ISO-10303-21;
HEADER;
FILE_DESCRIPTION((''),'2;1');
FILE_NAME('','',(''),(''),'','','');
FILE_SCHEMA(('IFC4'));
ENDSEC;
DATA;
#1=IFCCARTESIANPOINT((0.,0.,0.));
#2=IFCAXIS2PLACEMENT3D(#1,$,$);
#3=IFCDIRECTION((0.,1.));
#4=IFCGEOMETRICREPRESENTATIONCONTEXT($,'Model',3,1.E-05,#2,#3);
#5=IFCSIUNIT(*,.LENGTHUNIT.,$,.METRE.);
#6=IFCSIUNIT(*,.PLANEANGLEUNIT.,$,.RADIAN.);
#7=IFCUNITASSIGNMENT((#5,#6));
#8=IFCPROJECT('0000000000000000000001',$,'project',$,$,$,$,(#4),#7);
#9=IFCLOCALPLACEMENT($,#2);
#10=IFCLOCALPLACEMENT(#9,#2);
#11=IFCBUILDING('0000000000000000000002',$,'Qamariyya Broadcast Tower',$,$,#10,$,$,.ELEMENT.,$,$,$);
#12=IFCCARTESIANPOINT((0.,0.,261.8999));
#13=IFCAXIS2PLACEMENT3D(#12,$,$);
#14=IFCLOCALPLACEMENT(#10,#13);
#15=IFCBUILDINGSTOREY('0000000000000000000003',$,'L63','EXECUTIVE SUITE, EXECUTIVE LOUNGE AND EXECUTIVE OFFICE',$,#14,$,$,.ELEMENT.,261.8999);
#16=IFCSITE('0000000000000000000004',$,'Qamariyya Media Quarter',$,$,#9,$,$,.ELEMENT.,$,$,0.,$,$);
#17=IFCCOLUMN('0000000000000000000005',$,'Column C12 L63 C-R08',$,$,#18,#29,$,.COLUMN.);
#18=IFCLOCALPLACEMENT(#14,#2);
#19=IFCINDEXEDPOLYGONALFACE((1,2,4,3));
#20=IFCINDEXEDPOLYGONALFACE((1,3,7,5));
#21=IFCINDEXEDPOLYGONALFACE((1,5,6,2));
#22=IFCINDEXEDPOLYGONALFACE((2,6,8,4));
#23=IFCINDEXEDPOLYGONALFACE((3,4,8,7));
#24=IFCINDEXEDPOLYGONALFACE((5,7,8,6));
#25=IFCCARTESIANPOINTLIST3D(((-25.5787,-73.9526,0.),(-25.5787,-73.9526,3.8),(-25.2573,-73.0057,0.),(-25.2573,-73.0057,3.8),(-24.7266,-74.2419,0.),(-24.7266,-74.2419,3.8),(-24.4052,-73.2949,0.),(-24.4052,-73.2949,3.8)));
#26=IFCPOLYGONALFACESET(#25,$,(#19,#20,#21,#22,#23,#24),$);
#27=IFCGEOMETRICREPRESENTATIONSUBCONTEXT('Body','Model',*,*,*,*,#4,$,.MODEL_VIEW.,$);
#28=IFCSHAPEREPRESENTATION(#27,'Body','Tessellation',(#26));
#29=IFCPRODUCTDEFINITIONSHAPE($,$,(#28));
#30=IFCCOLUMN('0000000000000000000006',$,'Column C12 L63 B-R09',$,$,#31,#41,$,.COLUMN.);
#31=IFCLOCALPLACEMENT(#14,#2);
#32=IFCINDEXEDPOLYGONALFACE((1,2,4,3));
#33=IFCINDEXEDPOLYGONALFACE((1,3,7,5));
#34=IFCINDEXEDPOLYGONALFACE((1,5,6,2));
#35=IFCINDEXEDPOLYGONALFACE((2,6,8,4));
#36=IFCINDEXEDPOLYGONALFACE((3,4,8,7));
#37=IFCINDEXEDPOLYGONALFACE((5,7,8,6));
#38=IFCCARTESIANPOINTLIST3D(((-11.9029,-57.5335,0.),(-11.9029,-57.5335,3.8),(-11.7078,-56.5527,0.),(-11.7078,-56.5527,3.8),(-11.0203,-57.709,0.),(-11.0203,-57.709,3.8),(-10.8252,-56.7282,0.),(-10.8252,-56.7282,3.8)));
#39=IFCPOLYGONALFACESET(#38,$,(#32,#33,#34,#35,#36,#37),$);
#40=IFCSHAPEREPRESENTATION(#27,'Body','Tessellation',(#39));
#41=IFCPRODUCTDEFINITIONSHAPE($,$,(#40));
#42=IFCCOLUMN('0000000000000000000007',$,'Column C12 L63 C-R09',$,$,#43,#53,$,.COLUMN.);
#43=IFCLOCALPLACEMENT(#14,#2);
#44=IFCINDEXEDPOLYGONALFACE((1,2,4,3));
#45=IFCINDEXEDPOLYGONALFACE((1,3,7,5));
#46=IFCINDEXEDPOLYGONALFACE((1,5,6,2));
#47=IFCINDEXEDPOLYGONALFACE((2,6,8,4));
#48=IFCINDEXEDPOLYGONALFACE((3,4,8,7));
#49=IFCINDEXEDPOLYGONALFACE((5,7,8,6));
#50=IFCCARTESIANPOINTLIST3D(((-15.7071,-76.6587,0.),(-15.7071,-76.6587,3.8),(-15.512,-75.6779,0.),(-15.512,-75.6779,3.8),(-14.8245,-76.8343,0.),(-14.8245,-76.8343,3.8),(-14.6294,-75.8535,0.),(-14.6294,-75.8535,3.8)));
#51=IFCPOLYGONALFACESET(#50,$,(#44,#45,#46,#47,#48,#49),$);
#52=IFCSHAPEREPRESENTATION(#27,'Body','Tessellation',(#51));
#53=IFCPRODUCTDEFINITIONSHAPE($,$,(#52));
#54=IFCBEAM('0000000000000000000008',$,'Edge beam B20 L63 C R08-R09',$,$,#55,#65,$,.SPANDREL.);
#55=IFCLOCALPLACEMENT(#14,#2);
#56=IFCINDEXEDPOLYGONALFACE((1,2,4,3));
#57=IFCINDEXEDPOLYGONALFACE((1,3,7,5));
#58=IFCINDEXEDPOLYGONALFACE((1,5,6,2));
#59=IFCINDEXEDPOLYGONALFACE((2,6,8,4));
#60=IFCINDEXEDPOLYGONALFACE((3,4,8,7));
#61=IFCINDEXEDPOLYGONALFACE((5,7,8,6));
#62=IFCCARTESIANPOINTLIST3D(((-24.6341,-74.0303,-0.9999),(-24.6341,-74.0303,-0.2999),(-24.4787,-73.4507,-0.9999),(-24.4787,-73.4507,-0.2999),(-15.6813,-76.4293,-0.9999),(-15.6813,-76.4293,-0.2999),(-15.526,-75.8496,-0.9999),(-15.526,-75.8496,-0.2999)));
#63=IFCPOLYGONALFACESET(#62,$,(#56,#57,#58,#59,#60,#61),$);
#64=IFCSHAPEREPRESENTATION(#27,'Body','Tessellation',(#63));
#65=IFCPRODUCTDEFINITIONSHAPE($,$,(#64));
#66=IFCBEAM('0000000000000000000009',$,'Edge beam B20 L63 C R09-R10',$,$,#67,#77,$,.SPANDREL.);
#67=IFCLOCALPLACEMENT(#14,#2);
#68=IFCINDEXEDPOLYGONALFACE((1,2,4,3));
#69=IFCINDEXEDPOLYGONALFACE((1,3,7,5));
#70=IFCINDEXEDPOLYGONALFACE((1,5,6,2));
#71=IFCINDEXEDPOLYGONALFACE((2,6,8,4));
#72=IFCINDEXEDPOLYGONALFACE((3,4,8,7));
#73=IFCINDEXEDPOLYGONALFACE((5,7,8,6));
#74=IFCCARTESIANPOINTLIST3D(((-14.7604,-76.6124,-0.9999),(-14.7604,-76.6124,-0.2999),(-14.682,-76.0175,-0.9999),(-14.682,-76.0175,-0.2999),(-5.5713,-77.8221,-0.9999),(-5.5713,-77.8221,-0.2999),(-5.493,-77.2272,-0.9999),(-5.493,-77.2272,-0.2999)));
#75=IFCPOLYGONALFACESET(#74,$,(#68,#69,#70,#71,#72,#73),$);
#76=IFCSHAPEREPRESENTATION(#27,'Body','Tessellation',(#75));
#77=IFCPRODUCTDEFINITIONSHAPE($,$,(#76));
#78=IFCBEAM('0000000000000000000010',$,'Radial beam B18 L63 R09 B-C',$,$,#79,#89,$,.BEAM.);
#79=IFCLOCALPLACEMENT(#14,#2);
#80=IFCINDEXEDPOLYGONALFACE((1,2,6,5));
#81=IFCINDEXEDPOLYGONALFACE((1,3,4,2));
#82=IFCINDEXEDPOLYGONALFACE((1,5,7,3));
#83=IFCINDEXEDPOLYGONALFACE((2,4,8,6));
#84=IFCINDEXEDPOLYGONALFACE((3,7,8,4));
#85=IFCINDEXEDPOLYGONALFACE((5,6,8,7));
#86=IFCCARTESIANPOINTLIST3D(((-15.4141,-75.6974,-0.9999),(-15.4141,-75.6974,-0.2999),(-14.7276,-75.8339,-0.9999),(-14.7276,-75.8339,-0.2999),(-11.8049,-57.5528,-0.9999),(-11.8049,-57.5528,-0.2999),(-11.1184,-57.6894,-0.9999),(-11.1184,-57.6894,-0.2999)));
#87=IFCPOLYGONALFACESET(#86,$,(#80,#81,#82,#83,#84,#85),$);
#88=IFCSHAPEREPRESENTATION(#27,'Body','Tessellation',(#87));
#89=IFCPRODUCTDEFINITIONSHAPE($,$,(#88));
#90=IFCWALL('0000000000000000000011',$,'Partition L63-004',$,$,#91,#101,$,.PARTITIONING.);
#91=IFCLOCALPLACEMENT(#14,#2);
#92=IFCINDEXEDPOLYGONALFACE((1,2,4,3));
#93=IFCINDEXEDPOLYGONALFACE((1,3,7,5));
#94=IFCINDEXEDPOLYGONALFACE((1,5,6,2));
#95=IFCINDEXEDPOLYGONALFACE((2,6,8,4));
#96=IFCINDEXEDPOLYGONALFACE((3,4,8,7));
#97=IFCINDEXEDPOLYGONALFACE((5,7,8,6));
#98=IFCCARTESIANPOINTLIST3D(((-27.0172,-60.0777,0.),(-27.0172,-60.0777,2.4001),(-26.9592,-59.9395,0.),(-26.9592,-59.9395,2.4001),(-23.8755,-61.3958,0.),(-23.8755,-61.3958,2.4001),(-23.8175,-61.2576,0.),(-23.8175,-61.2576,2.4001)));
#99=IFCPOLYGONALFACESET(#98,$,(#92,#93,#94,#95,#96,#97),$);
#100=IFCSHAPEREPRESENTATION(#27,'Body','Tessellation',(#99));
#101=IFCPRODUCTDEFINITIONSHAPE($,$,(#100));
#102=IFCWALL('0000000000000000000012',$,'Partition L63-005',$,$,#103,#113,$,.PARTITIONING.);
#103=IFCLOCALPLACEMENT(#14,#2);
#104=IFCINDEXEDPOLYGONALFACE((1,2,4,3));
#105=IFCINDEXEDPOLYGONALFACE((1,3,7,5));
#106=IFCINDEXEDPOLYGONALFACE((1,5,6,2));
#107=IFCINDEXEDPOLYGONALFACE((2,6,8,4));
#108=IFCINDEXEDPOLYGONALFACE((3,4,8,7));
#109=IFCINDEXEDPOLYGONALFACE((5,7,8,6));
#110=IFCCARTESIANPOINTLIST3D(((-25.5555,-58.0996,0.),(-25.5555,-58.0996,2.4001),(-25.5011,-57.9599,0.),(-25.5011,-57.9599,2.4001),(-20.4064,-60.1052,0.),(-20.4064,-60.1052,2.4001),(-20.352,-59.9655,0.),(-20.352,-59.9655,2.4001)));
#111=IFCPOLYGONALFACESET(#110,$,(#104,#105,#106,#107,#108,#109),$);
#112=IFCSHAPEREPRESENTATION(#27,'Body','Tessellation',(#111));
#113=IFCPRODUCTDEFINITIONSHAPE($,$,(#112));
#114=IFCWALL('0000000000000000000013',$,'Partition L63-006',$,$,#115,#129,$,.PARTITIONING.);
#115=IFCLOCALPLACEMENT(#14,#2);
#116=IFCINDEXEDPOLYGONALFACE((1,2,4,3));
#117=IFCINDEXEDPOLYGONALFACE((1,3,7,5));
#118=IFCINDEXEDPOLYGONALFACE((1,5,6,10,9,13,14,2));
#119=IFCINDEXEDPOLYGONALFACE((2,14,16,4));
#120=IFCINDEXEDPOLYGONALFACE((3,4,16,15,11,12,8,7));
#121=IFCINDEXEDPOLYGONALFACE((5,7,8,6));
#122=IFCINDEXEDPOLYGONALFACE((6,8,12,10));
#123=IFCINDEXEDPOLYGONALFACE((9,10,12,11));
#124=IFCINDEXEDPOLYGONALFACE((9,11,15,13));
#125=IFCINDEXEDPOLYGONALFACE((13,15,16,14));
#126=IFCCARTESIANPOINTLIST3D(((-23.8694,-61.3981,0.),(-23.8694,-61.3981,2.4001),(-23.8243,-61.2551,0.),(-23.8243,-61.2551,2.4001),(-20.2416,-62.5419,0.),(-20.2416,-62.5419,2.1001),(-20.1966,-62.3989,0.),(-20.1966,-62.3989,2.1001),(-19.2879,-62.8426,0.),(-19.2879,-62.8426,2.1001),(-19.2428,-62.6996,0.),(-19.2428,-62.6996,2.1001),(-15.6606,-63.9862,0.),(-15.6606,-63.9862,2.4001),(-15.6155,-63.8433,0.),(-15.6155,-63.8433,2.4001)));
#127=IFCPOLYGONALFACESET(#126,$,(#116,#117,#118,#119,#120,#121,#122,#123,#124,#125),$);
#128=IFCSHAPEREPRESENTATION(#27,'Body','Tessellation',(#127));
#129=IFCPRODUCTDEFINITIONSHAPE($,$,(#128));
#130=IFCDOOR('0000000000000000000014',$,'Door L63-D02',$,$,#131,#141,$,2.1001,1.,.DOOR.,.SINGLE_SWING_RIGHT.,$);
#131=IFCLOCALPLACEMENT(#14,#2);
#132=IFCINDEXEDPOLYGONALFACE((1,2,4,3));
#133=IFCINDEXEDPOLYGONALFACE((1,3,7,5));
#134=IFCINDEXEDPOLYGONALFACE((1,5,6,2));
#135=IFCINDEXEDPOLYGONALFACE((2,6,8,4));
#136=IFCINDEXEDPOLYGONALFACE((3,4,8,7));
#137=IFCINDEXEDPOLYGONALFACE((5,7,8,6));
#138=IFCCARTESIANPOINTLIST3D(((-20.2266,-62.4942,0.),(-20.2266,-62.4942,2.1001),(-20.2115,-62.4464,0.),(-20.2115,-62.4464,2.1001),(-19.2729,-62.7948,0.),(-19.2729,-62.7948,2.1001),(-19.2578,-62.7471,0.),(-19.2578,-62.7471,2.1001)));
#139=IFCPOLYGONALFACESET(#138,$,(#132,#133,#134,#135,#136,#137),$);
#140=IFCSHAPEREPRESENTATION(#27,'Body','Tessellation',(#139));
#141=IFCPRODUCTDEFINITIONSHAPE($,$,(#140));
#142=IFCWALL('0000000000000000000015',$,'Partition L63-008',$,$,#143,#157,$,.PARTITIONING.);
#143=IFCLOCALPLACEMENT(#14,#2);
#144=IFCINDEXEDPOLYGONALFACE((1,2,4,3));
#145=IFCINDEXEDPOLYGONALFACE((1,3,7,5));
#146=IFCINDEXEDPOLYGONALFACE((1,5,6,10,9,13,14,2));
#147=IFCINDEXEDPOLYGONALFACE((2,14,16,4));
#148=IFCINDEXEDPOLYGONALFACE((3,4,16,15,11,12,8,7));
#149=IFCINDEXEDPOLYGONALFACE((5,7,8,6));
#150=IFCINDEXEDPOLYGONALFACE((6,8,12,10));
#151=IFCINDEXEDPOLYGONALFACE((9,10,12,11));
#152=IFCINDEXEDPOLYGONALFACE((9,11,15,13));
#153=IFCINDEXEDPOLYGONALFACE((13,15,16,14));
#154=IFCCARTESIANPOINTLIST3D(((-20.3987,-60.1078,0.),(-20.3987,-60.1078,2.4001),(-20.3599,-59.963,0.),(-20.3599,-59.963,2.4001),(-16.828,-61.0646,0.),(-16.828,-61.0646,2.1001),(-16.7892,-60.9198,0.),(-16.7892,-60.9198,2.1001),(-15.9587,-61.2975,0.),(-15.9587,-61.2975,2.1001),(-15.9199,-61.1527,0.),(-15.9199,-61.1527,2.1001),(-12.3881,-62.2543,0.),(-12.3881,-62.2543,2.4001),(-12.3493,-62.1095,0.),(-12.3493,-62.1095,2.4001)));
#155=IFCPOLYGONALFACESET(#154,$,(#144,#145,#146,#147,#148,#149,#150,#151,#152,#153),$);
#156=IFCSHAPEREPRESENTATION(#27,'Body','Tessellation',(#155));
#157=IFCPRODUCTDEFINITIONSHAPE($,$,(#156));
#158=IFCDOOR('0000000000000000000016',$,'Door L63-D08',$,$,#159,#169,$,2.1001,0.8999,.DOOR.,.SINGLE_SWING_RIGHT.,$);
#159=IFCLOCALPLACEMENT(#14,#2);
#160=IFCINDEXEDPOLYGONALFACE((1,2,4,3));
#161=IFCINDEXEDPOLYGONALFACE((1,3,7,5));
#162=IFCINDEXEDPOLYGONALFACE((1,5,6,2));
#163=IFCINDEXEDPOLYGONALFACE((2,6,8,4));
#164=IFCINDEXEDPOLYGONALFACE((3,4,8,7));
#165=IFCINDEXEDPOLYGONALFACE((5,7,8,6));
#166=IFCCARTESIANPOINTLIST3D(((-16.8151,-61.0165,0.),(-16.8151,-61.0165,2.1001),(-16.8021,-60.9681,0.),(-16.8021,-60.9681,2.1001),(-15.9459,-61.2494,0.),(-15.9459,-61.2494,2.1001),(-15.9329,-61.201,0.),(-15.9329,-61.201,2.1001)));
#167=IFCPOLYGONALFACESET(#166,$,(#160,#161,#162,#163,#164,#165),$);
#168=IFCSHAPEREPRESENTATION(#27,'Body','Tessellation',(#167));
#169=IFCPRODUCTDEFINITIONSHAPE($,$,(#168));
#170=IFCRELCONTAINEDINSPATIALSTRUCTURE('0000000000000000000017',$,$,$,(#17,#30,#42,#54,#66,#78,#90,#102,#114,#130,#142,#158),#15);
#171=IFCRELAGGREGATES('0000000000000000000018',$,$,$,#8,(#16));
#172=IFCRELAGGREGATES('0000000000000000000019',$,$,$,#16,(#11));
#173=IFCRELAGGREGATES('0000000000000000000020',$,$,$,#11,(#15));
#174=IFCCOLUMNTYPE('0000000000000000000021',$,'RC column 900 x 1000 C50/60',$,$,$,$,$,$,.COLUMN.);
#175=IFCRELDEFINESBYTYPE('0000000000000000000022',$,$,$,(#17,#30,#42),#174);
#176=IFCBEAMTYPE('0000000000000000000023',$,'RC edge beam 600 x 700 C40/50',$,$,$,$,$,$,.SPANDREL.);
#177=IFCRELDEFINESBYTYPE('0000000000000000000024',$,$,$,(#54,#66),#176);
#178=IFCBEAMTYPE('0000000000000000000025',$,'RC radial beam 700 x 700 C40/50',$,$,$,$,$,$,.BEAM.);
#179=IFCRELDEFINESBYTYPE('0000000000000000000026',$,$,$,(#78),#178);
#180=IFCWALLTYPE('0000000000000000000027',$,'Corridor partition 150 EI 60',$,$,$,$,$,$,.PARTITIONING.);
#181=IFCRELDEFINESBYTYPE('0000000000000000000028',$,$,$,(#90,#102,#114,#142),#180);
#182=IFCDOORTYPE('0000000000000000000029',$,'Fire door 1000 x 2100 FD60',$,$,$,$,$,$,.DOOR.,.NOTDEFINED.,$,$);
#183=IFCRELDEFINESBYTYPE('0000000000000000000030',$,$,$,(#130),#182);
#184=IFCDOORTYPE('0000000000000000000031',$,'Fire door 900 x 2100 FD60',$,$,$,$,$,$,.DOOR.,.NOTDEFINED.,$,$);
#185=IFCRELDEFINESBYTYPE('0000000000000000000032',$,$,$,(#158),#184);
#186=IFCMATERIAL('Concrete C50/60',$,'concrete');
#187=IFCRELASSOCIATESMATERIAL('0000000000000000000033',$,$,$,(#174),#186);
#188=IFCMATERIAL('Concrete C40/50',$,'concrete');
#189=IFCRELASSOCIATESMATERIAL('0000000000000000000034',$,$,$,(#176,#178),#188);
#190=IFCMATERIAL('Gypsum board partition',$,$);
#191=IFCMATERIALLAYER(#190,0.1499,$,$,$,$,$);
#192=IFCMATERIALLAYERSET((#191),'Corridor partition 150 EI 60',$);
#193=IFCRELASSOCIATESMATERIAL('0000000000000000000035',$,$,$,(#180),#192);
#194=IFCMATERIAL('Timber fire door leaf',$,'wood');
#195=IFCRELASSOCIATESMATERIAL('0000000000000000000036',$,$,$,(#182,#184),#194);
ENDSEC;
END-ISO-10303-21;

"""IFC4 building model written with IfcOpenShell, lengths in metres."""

from ifc_helpers import new_model, si_unit, direction, frame, frame_2d, origin, origin_2d, place, context, subcontext, project, spatial, rectangle, extrude, material, layer, layer_set, material_profile, profile_set, type_object, element, fill, save


model = new_model("IFC4")

# Units and contexts
model_context = context("Model", 3, precision=1e-05, world=origin(), true_north=direction((0.0, 1.0)))
body_context = subcontext(model_context, "Body", "Model", "MODEL_VIEW")
ifc_project = project(units=[si_unit("LENGTHUNIT", "METRE"), si_unit("PLANEANGLEUNIT", "RADIAN")], contexts=[model_context])

# Site, building, storey
site_placement = place(None, origin())
site = spatial("IfcSite", under=ifc_project, at=site_placement, Name="Qamariyya Media Quarter", CompositionType="ELEMENT", RefElevation=0.0)
building_placement = place(site_placement, origin())
building = spatial("IfcBuilding", under=site, at=building_placement, Name="Qamariyya Broadcast Tower", CompositionType="ELEMENT")
storey_placement = place(building_placement, frame((0.0, 0.0, 261.8999)))
storey = spatial("IfcBuildingStorey", under=building, at=storey_placement, Name="L63", Description="EXECUTIVE SUITE, EXECUTIVE LOUNGE AND EXECUTIVE OFFICE", CompositionType="ELEMENT", Elevation=261.8999)

# Columns
ifc_material_1 = material(Name="Concrete C50/60", Category="concrete")
ifc_material_profile_1 = material_profile(ifc_material_1, rectangle(XDim=0.8999, YDim=1.0, at=origin_2d()))
ifc_profile_set_1 = profile_set([ifc_material_profile_1], Name="Concrete C50/60")
column_type = type_object("IfcColumnType", Name="RC column 900 x 1000 C50/60", PredefinedType="COLUMN", material=ifc_profile_set_1)
for number, where, z_axis, x_axis, name in (
    (1, (-24.9919, -73.6238, 0.0), (0.0, 0.0, 1.0), (0.94693, -0.321439, 0.0), "Column C12 L63 C-R08"),
    (2, (-11.364, -57.1309, 0.0), (0.0, 0.0, 1.0), (0.980785, -0.19509, 0.0), "Column C12 L63 B-R09"),
    (3, (-15.1682, -76.2561, 0.0), (0.0, 0.0, 1.0), (0.980785, -0.19509, 0.0), "Column C12 L63 C-R09"),
):
    element("IfcColumn", number, at=place(storey_placement, frame(where, z_axis=z_axis, x_axis=x_axis)), inside=storey, type_object=column_type, Name=name, PredefinedType="COLUMN", context=body_context, shape_type="SweptSolid", body=[
        extrude(rectangle(XDim=0.8999, YDim=1.0, at=origin_2d()), origin(), (0.0, 0.0, 1.0), 3.8),
    ])

# Beams
ifc_material_2 = material(Name="Concrete C40/50", Category="concrete")
ifc_material_profile_2 = material_profile(ifc_material_2, rectangle(XDim=0.6001, YDim=0.7, at=origin_2d()))
ifc_profile_set_2 = profile_set([ifc_material_profile_2], Name="Concrete C40/50")
beam_type_1 = type_object("IfcBeamType", Name="RC edge beam 600 x 700 C40/50", PredefinedType="SPANDREL", material=ifc_profile_set_2)
beam_1_placement = place(storey_placement, frame((-24.5564, -73.7405, -0.6499), z_axis=(0.965924, -0.258826, 0.0), x_axis=(0.258826, 0.965924, 0.0)))
element("IfcBeam", 4, at=beam_1_placement, inside=storey, type_object=beam_type_1, Name="Edge beam B20 L63 C R08-R09", PredefinedType="SPANDREL", context=body_context, shape_type="SweptSolid", body=[
    extrude(rectangle(XDim=0.6001, YDim=0.7, at=origin_2d()), origin(), (0.0, 0.0, 1.0), 9.2686),
])
beam_2_placement = place(storey_placement, frame((-14.7212, -76.3149, -0.6499), z_axis=(0.991445, -0.130523, 0.0), x_axis=(0.130523, 0.991445, 0.0)))
element("IfcBeam", 5, at=beam_2_placement, inside=storey, type_object=beam_type_1, Name="Edge beam B20 L63 C R09-R10", PredefinedType="SPANDREL", context=body_context, shape_type="SweptSolid", body=[
    extrude(rectangle(XDim=0.6001, YDim=0.7, at=origin_2d()), origin(), (0.0, 0.0, 1.0), 9.2683),
])
ifc_material_profile_3 = material_profile(ifc_material_2, rectangle(XDim=0.7, YDim=0.7, at=origin_2d()))
ifc_profile_set_3 = profile_set([ifc_material_profile_3], Name="Concrete C40/50")
beam_type_2 = type_object("IfcBeamType", Name="RC radial beam 700 x 700 C40/50", PredefinedType="BEAM", material=ifc_profile_set_3)
beam_3_placement = place(storey_placement, frame((-11.4617, -57.6211, -0.6499), z_axis=(-0.195088, -0.980786, 0.0), x_axis=(0.980786, -0.195088, 0.0)))
element("IfcBeam", 6, at=beam_3_placement, inside=storey, type_object=beam_type_2, Name="Radial beam B18 L63 R09 B-C", PredefinedType="BEAM", context=body_context, shape_type="SweptSolid", body=[
    extrude(rectangle(XDim=0.7, YDim=0.7, at=origin_2d()), origin(), (0.0, 0.0, 1.0), 18.5),
])

# Walls
ifc_material_3 = material(Name="Gypsum board partition")
ifc_layer_1 = layer(ifc_material_3, 0.1499)
ifc_layer_set_1 = layer_set([ifc_layer_1], Name="Corridor partition 150 EI 60")
wall_type_1 = type_object("IfcWallType", Name="Corridor partition 150 EI 60", PredefinedType="PARTITIONING", material=ifc_layer_set_1)
wall_1_placement = place(storey_placement, frame((-26.9883, -60.0085, 0.0), z_axis=(0.0, 0.0, 1.0), x_axis=(0.922124, -0.386894, 0.0)))
element("IfcWall", 7, at=wall_1_placement, inside=storey, type_object=wall_type_1, Name="Partition L63-004", PredefinedType="PARTITIONING", context=body_context, shape_type="SweptSolid", body=[
    extrude(rectangle(XDim=3.407, YDim=0.1499, at=frame_2d((1.7036, 0.0))), origin(), (0.0, 0.0, 1.0), 2.4001),
])
wall_2_placement = place(storey_placement, frame((-25.5283, -58.0298, 0.0), z_axis=(0.0, 0.0, 1.0), x_axis=(0.931811, -0.362943, 0.0)))
element("IfcWall", 8, at=wall_2_placement, inside=storey, type_object=wall_type_1, Name="Partition L63-005", PredefinedType="PARTITIONING", context=body_context, shape_type="SweptSolid", body=[
    extrude(rectangle(XDim=5.5259, YDim=0.1499, at=frame_2d((2.7629, 0.0))), origin(), (0.0, 0.0, 1.0), 2.4001),
])

# Walls, openings, doors
wall_3_placement = place(storey_placement, frame((-15.6379, -63.9148, 0.0), z_axis=(0.0, 0.0, 1.0), x_axis=(-0.953719, 0.300698, 0.0)))
wall_3 = element("IfcWall", 9, at=wall_3_placement, inside=storey, type_object=wall_type_1, Name="Partition L63-006", PredefinedType="PARTITIONING", context=body_context, shape_type="SweptSolid", body=[
    extrude(rectangle(XDim=8.6072, YDim=0.1499, at=frame_2d((4.3037, 0.0))), origin(), (0.0, 0.0, 1.0), 2.4001),
])
opening_1_placement = place(wall_3_placement, frame((3.8035, 0.0, 0.0)))
opening_1 = element("IfcOpeningElement", 10, at=opening_1_placement, cuts=wall_3, PredefinedType="OPENING", context=body_context, shape_type="SweptSolid", body=[
    extrude(rectangle(XDim=1.0, YDim=2.1001, at=frame_2d((0.5, 1.05))), frame((0.0, 0.085, 0.0), z_axis=(0.0, -1.0, 0.0), x_axis=(1.0, 0.0, 0.0)), (0.0, 0.0, 1.0), 0.1699),
])
ifc_material_4 = material(Name="Timber fire door leaf", Category="wood")
door_type_1 = type_object("IfcDoorType", Name="Fire door 1000 x 2100 FD60", OperationType="NOTDEFINED", PredefinedType="DOOR", material=ifc_material_4)
door_1_placement = place(opening_1_placement, origin())
door_1 = element("IfcDoor", 11, at=door_1_placement, inside=storey, type_object=door_type_1, Name="Door L63-D02", OperationType="SINGLE_SWING_RIGHT", OverallHeight=2.1001, OverallWidth=1.0, PredefinedType="DOOR", context=body_context, shape_type="SweptSolid", body=[
    extrude(rectangle(XDim=1.0, YDim=2.1001, at=frame_2d((0.5, 1.05))), frame((0.0, 0.0249, 0.0), z_axis=(0.0, -1.0, 0.0), x_axis=(1.0, 0.0, 0.0)), (0.0, 0.0, 1.0), 0.05),
])
fill(opening_1, door_1)
wall_4_placement = place(storey_placement, frame((-20.3792, -60.0354, 0.0), z_axis=(0.0, 0.0, 1.0), x_axis=(0.965923, -0.258828, 0.0)))
wall_4 = element("IfcWall", 12, at=wall_4_placement, inside=storey, type_object=wall_type_1, Name="Partition L63-008", PredefinedType="PARTITIONING", context=body_context, shape_type="SweptSolid", body=[
    extrude(rectangle(XDim=8.2932, YDim=0.1499, at=frame_2d((4.1465, 0.0))), origin(), (0.0, 0.0, 1.0), 2.4001),
])
opening_2_placement = place(wall_4_placement, frame((3.6965, 0.0, 0.0)))
opening_2 = element("IfcOpeningElement", 13, at=opening_2_placement, cuts=wall_4, PredefinedType="OPENING", context=body_context, shape_type="SweptSolid", body=[
    extrude(rectangle(XDim=0.8999, YDim=2.1001, at=frame_2d((0.45, 1.05))), frame((0.0, 0.085, 0.0), z_axis=(0.0, -1.0, 0.0), x_axis=(1.0, 0.0, 0.0)), (0.0, 0.0, 1.0), 0.1699),
])
door_type_2 = type_object("IfcDoorType", Name="Fire door 900 x 2100 FD60", OperationType="NOTDEFINED", PredefinedType="DOOR", material=ifc_material_4)
door_2_placement = place(opening_2_placement, origin())
door_2 = element("IfcDoor", 14, at=door_2_placement, inside=storey, type_object=door_type_2, Name="Door L63-D08", OperationType="SINGLE_SWING_RIGHT", OverallHeight=2.1001, OverallWidth=0.8999, PredefinedType="DOOR", context=body_context, shape_type="SweptSolid", body=[
    extrude(rectangle(XDim=0.8999, YDim=2.1001, at=frame_2d((0.45, 1.05))), frame((0.0, 0.0249, 0.0), z_axis=(0.0, -1.0, 0.0), x_axis=(1.0, 0.0, 0.0)), (0.0, 0.0, 1.0), 0.05),
])
fill(opening_2, door_2)

save(model, "model.ifc")
